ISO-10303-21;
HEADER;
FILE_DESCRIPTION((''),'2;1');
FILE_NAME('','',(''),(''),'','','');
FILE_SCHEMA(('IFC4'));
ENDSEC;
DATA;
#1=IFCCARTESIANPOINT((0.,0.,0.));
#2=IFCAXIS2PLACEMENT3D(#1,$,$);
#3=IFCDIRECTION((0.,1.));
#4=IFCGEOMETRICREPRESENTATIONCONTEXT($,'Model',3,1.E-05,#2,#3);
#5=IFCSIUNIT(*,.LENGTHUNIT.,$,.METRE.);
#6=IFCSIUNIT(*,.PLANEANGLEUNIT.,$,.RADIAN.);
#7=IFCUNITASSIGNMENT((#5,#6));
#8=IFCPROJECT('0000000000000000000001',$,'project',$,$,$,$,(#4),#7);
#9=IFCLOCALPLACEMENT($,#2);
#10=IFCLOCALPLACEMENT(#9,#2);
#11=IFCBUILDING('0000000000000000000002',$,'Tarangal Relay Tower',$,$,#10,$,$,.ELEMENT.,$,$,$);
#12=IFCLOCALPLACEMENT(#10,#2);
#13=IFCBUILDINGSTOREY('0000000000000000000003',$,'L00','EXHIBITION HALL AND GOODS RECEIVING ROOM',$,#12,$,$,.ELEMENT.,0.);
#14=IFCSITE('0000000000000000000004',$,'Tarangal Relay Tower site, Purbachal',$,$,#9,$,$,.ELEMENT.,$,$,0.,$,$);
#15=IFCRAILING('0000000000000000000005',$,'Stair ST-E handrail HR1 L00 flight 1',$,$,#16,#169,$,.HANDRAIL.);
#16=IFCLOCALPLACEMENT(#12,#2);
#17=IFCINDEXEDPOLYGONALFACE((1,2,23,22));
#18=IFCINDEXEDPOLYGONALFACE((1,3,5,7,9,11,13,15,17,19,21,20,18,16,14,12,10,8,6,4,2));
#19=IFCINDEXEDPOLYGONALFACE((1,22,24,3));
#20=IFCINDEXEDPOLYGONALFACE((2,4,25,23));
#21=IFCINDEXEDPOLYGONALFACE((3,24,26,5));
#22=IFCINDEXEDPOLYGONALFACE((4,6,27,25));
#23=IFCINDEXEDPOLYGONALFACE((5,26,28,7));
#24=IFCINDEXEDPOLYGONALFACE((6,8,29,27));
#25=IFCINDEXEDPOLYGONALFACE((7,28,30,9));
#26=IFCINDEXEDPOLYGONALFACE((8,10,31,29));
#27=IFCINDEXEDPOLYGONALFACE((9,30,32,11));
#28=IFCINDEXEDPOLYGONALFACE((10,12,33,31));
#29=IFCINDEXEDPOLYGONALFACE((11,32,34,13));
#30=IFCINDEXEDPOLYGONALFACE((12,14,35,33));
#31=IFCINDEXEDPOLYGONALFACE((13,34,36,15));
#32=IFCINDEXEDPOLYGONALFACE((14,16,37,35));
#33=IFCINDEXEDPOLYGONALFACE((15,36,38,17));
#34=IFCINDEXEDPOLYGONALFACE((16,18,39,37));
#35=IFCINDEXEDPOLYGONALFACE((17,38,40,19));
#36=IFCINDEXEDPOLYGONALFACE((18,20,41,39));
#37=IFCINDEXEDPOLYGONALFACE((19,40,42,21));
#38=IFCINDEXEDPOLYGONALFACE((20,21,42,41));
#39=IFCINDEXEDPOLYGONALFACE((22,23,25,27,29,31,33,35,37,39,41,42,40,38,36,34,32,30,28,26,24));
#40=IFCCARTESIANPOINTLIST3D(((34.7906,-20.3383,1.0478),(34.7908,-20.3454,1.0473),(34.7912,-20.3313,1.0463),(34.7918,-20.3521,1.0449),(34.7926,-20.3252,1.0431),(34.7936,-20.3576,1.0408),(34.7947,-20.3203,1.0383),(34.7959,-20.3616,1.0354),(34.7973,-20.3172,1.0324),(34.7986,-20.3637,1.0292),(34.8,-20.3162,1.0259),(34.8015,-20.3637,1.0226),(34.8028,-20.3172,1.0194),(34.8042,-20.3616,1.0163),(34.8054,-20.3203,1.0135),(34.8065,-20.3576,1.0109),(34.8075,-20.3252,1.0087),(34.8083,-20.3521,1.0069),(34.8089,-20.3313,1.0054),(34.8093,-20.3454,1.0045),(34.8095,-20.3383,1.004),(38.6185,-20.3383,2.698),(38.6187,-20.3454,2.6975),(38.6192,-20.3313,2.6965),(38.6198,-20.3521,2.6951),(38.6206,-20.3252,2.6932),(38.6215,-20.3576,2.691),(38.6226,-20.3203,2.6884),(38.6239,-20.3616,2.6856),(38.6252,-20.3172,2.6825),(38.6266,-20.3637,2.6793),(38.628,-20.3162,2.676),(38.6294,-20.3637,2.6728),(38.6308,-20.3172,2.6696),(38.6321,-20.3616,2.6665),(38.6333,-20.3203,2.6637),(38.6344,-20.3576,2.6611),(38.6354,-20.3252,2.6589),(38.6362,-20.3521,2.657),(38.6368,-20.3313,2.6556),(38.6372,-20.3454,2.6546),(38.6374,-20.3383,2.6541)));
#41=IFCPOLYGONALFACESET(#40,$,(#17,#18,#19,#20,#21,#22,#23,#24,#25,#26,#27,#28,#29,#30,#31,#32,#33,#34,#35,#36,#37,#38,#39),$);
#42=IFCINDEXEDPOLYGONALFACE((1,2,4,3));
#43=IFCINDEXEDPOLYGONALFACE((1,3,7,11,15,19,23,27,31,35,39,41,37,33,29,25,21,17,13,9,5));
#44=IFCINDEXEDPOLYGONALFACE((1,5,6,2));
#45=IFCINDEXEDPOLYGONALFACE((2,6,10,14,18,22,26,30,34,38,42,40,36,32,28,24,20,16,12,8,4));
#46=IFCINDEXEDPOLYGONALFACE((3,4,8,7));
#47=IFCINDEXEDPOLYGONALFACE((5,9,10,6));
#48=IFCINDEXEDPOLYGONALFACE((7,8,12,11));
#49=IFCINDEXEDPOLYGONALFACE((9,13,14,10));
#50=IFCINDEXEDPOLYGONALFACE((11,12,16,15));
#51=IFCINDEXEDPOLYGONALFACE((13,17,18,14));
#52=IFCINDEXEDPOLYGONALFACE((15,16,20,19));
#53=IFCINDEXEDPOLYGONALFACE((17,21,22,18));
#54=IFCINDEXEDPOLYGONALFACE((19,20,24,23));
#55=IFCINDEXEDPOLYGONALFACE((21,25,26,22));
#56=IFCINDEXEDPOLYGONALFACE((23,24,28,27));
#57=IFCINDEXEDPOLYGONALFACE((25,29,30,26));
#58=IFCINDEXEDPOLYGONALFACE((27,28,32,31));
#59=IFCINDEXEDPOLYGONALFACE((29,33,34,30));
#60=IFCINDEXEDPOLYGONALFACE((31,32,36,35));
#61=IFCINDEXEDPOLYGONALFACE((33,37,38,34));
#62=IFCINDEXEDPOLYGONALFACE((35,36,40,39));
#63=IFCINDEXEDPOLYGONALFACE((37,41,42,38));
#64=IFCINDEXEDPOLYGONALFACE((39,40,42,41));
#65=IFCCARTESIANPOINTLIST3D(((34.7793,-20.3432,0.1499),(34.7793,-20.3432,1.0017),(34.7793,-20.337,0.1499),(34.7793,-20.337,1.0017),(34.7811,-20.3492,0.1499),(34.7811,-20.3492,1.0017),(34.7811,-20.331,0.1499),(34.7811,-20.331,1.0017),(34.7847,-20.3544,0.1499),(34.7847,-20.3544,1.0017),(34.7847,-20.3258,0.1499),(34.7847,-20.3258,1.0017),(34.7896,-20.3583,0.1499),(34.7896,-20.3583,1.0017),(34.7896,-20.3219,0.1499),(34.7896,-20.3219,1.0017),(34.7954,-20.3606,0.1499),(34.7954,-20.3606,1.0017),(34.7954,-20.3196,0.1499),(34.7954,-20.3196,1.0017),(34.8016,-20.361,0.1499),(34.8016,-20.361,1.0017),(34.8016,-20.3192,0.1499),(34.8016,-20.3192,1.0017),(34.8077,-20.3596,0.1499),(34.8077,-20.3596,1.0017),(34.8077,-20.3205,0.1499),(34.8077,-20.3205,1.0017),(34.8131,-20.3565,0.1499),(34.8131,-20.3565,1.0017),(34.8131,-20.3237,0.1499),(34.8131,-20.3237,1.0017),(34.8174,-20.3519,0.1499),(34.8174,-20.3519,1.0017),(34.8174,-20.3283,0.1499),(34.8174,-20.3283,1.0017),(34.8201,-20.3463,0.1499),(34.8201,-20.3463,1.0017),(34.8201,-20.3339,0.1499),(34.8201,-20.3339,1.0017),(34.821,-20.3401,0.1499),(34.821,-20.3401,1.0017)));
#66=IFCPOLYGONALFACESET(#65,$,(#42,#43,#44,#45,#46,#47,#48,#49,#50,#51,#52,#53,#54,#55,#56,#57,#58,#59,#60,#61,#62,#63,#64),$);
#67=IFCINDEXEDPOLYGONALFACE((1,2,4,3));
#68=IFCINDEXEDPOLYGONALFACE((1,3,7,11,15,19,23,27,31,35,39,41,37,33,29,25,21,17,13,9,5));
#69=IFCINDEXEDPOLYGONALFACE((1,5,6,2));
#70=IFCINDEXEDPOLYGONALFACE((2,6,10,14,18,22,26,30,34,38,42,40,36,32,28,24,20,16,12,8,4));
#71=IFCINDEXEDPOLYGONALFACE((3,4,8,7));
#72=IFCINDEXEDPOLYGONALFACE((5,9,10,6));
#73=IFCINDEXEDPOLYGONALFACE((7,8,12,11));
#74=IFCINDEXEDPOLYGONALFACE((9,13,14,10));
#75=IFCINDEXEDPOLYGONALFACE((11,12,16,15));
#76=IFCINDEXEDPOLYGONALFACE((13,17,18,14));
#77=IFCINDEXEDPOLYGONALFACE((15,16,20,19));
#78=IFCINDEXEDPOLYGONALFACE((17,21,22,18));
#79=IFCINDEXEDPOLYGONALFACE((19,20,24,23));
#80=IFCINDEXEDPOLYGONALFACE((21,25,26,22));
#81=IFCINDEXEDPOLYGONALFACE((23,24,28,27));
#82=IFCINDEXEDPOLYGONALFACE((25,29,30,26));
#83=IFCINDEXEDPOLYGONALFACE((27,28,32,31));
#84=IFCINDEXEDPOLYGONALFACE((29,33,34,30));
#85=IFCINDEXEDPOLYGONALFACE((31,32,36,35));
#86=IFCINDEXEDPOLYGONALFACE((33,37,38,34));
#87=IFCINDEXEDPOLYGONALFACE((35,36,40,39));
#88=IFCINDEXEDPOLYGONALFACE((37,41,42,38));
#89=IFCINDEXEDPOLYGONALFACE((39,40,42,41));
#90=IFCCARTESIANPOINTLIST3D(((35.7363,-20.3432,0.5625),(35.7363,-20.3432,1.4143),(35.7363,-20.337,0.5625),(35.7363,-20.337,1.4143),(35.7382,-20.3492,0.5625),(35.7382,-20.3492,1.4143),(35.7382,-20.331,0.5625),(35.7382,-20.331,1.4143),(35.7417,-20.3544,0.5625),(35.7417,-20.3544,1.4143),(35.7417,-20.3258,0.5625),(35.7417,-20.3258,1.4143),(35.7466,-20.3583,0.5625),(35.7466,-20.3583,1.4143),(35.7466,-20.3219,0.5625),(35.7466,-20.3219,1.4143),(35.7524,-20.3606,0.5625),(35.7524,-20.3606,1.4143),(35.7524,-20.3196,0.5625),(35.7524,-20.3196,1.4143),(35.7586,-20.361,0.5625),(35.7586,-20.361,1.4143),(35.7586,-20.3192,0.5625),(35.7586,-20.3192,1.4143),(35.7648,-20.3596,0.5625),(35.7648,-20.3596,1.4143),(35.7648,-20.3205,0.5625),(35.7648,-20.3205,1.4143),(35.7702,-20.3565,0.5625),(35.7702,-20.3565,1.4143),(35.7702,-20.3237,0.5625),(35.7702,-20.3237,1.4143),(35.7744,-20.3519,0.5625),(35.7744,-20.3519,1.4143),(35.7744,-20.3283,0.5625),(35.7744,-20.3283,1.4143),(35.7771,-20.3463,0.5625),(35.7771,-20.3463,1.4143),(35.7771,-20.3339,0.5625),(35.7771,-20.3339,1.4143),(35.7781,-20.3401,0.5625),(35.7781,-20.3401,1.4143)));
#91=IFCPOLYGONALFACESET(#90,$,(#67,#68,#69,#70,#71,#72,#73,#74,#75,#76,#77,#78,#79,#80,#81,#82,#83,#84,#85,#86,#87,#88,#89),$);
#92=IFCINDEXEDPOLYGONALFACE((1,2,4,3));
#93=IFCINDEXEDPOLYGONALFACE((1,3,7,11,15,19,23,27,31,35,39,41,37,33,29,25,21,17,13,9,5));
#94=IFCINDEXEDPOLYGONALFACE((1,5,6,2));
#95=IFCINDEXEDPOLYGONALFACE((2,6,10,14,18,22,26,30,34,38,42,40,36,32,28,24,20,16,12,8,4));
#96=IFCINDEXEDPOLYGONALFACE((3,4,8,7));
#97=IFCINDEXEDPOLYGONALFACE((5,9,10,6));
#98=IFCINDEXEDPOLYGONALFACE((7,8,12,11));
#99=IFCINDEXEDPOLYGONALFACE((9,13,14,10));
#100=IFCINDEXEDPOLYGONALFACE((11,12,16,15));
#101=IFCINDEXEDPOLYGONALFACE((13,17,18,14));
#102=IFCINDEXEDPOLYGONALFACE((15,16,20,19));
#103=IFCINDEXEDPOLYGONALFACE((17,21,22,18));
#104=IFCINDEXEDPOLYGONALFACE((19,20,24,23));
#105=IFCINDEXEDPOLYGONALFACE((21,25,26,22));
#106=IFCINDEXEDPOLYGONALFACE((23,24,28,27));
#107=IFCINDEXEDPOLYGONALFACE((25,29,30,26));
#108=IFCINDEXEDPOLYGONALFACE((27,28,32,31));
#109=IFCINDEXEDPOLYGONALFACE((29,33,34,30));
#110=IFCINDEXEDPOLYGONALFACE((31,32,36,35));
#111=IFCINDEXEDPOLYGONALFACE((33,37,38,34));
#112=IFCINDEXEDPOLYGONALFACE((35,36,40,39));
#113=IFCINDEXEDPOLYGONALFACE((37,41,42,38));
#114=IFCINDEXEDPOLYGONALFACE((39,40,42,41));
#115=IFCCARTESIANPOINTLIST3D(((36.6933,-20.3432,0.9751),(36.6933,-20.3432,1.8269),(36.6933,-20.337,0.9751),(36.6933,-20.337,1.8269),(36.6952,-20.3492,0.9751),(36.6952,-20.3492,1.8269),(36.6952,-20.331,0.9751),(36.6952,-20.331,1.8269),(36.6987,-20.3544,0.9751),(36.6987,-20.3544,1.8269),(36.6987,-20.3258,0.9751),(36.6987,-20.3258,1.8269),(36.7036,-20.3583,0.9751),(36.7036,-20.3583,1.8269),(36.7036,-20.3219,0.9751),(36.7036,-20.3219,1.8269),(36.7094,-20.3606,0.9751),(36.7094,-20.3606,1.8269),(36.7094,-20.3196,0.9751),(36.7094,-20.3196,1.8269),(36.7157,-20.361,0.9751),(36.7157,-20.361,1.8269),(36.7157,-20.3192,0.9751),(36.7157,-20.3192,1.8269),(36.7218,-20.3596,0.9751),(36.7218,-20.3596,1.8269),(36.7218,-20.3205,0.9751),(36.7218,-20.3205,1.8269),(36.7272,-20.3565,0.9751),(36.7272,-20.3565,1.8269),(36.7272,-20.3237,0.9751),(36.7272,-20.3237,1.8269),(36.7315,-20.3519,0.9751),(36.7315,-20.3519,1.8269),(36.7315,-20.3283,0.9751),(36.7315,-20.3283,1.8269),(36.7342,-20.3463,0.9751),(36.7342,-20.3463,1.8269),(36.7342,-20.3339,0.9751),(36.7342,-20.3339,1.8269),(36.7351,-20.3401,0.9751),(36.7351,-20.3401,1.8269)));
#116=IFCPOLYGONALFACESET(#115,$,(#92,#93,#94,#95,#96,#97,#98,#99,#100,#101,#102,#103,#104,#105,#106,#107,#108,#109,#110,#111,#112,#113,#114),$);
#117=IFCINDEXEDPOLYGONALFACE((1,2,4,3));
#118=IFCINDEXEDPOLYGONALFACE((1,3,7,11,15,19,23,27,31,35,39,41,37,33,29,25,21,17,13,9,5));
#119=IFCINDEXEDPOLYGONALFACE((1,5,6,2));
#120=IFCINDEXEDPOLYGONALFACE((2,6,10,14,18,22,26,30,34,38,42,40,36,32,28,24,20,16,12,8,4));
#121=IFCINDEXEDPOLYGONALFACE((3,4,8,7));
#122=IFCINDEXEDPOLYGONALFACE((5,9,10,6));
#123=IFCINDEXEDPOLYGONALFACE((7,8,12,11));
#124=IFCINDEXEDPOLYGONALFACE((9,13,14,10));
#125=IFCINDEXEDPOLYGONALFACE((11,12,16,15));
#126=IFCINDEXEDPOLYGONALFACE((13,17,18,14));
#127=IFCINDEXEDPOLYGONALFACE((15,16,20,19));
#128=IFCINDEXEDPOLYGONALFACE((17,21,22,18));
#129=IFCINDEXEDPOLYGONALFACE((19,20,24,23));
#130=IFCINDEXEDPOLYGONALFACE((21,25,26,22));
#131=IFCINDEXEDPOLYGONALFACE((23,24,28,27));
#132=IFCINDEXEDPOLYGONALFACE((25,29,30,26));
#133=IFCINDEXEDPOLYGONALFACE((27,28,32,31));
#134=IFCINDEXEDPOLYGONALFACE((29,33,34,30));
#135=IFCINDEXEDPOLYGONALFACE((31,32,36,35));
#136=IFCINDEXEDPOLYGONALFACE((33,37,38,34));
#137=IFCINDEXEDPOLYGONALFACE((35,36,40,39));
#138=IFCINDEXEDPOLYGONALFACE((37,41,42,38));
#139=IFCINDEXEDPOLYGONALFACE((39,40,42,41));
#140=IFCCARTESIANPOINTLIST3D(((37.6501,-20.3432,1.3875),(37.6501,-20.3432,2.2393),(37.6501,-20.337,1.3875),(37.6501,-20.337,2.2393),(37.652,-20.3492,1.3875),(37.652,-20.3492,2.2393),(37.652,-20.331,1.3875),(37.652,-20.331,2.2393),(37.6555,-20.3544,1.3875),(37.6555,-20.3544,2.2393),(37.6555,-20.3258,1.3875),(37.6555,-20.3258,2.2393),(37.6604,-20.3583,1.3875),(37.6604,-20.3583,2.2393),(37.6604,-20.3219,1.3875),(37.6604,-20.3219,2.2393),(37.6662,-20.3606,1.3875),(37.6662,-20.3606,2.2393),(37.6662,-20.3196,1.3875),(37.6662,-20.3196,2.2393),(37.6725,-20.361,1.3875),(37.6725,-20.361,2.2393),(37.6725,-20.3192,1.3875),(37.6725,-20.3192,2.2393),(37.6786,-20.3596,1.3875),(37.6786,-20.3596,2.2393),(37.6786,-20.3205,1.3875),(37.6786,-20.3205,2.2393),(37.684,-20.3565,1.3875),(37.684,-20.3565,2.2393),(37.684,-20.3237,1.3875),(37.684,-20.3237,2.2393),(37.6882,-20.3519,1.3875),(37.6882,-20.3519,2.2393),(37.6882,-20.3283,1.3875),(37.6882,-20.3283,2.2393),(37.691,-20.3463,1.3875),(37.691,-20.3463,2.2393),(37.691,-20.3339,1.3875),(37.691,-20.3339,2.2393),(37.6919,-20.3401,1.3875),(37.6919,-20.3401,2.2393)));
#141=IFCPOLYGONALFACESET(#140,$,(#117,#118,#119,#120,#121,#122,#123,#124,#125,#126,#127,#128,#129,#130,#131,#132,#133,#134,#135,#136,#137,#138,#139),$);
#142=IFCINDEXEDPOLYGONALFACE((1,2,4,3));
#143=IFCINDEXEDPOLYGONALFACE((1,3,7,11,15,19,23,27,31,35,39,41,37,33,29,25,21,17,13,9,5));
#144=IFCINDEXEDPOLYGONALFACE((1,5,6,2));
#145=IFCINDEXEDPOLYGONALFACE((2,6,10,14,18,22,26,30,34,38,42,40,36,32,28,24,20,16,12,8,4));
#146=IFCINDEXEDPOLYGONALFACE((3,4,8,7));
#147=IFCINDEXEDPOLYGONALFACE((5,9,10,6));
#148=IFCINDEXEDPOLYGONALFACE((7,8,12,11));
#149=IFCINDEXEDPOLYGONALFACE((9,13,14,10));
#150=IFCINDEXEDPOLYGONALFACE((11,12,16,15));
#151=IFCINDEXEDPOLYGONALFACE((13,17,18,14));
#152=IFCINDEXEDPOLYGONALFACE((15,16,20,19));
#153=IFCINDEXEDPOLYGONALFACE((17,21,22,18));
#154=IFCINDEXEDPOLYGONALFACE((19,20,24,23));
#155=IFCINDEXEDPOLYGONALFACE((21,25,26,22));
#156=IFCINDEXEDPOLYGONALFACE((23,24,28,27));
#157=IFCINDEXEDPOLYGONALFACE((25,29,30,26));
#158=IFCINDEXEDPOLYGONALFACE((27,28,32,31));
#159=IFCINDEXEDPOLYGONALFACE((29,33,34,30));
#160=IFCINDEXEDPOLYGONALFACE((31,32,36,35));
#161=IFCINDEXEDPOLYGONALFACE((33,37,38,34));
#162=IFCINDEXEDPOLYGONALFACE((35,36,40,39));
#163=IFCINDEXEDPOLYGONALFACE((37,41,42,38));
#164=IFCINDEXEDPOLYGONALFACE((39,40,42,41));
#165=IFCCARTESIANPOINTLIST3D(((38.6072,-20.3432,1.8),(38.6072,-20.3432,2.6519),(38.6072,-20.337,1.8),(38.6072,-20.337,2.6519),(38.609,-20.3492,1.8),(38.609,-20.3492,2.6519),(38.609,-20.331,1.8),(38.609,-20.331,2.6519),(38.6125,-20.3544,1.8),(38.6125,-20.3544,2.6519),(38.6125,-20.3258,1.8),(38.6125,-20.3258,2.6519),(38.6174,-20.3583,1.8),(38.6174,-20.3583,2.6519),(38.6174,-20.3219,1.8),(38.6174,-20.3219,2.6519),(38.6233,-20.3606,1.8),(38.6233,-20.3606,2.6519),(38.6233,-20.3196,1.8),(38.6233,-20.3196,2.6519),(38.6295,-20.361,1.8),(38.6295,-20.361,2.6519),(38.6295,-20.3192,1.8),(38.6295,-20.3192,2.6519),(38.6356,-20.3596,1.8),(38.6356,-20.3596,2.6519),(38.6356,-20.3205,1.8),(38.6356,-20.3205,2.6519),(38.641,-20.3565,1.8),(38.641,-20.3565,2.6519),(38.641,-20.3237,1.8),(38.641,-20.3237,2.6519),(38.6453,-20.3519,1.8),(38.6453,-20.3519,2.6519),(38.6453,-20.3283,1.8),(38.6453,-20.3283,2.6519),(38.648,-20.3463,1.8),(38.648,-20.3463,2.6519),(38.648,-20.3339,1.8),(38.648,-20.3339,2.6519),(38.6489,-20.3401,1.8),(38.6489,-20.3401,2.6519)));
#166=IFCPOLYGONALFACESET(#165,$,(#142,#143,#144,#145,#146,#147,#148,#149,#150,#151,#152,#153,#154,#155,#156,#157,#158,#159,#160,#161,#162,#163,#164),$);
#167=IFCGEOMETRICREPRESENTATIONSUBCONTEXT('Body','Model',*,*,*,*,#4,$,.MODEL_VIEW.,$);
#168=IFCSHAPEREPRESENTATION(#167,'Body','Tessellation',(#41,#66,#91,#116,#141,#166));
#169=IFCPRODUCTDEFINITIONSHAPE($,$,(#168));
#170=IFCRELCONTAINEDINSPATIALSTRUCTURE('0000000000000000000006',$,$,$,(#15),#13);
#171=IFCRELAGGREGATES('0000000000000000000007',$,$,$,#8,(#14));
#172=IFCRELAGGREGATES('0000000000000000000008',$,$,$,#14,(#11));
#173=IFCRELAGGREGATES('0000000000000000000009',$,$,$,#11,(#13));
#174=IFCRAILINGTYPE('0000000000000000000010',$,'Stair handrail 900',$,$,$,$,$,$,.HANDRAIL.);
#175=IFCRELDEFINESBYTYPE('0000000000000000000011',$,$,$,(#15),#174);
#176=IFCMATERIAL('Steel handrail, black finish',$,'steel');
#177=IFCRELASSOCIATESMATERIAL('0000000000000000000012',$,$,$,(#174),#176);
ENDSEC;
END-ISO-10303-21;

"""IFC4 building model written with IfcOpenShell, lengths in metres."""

from ifc_helpers import new_model, si_unit, direction, frame, origin, origin_2d, place, context, subcontext, project, spatial, circle, extrude, material, type_object, element, save


model = new_model("IFC4")

# Units and contexts
model_context = context("Model", 3, precision=1e-05, world=origin(), true_north=direction((0.0, 1.0)))
body_context = subcontext(model_context, "Body", "Model", "MODEL_VIEW")
ifc_project = project(units=[si_unit("LENGTHUNIT", "METRE"), si_unit("PLANEANGLEUNIT", "RADIAN")], contexts=[model_context])

# Site, building, storey
site_placement = place(None, origin())
site = spatial("IfcSite", under=ifc_project, at=site_placement, Name="Tarangal Relay Tower site, Purbachal", CompositionType="ELEMENT", RefElevation=0.0)
building_placement = place(site_placement, origin())
building = spatial("IfcBuilding", under=site, at=building_placement, Name="Tarangal Relay Tower", CompositionType="ELEMENT")
storey_placement = place(building_placement, origin())
storey = spatial("IfcBuildingStorey", under=building, at=storey_placement, Name="L00", Description="EXHIBITION HALL AND GOODS RECEIVING ROOM", CompositionType="ELEMENT", Elevation=0.0)

# Railing
ifc_material_1 = material(Name="Steel handrail, black finish", Category="steel")
railing_type_1 = type_object("IfcRailingType", Name="Stair handrail 900", PredefinedType="HANDRAIL", material=ifc_material_1)
railing_1_placement = place(storey_placement, frame((34.8, -20.3401, 0.1499)))
element("IfcRailing", 1, at=railing_1_placement, inside=storey, type_object=railing_type_1, Name="Stair ST-E handrail HR1 L00 flight 1", PredefinedType="HANDRAIL", context=body_context, shape_type="SweptSolid", body=[
    extrude(circle(Radius=0.0239, at=origin_2d()), frame((0.0, 0.0, 0.876), z_axis=(0.918307, 0.0, 0.395869), x_axis=(0.0, 1.0, 0.0)), (0.0, 0.0, 1.0), 4.1685),
    extrude(circle(Radius=0.021, at=origin_2d()), origin(), (0.0, 0.0, 1.0), 0.8518),
    extrude(circle(Radius=0.021, at=origin_2d()), frame((0.957, 0.0, 0.4126)), (0.0, 0.0, 1.0), 0.8518),
    extrude(circle(Radius=0.021, at=origin_2d()), frame((1.9141, 0.0, 0.8252)), (0.0, 0.0, 1.0), 0.8518),
    extrude(circle(Radius=0.021, at=origin_2d()), frame((2.8708, 0.0, 1.2375)), (0.0, 0.0, 1.0), 0.8518),
    extrude(circle(Radius=0.021, at=origin_2d()), frame((3.8279, 0.0, 1.6501)), (0.0, 0.0, 1.0), 0.8518),
])

save(model, "model.ifc")
